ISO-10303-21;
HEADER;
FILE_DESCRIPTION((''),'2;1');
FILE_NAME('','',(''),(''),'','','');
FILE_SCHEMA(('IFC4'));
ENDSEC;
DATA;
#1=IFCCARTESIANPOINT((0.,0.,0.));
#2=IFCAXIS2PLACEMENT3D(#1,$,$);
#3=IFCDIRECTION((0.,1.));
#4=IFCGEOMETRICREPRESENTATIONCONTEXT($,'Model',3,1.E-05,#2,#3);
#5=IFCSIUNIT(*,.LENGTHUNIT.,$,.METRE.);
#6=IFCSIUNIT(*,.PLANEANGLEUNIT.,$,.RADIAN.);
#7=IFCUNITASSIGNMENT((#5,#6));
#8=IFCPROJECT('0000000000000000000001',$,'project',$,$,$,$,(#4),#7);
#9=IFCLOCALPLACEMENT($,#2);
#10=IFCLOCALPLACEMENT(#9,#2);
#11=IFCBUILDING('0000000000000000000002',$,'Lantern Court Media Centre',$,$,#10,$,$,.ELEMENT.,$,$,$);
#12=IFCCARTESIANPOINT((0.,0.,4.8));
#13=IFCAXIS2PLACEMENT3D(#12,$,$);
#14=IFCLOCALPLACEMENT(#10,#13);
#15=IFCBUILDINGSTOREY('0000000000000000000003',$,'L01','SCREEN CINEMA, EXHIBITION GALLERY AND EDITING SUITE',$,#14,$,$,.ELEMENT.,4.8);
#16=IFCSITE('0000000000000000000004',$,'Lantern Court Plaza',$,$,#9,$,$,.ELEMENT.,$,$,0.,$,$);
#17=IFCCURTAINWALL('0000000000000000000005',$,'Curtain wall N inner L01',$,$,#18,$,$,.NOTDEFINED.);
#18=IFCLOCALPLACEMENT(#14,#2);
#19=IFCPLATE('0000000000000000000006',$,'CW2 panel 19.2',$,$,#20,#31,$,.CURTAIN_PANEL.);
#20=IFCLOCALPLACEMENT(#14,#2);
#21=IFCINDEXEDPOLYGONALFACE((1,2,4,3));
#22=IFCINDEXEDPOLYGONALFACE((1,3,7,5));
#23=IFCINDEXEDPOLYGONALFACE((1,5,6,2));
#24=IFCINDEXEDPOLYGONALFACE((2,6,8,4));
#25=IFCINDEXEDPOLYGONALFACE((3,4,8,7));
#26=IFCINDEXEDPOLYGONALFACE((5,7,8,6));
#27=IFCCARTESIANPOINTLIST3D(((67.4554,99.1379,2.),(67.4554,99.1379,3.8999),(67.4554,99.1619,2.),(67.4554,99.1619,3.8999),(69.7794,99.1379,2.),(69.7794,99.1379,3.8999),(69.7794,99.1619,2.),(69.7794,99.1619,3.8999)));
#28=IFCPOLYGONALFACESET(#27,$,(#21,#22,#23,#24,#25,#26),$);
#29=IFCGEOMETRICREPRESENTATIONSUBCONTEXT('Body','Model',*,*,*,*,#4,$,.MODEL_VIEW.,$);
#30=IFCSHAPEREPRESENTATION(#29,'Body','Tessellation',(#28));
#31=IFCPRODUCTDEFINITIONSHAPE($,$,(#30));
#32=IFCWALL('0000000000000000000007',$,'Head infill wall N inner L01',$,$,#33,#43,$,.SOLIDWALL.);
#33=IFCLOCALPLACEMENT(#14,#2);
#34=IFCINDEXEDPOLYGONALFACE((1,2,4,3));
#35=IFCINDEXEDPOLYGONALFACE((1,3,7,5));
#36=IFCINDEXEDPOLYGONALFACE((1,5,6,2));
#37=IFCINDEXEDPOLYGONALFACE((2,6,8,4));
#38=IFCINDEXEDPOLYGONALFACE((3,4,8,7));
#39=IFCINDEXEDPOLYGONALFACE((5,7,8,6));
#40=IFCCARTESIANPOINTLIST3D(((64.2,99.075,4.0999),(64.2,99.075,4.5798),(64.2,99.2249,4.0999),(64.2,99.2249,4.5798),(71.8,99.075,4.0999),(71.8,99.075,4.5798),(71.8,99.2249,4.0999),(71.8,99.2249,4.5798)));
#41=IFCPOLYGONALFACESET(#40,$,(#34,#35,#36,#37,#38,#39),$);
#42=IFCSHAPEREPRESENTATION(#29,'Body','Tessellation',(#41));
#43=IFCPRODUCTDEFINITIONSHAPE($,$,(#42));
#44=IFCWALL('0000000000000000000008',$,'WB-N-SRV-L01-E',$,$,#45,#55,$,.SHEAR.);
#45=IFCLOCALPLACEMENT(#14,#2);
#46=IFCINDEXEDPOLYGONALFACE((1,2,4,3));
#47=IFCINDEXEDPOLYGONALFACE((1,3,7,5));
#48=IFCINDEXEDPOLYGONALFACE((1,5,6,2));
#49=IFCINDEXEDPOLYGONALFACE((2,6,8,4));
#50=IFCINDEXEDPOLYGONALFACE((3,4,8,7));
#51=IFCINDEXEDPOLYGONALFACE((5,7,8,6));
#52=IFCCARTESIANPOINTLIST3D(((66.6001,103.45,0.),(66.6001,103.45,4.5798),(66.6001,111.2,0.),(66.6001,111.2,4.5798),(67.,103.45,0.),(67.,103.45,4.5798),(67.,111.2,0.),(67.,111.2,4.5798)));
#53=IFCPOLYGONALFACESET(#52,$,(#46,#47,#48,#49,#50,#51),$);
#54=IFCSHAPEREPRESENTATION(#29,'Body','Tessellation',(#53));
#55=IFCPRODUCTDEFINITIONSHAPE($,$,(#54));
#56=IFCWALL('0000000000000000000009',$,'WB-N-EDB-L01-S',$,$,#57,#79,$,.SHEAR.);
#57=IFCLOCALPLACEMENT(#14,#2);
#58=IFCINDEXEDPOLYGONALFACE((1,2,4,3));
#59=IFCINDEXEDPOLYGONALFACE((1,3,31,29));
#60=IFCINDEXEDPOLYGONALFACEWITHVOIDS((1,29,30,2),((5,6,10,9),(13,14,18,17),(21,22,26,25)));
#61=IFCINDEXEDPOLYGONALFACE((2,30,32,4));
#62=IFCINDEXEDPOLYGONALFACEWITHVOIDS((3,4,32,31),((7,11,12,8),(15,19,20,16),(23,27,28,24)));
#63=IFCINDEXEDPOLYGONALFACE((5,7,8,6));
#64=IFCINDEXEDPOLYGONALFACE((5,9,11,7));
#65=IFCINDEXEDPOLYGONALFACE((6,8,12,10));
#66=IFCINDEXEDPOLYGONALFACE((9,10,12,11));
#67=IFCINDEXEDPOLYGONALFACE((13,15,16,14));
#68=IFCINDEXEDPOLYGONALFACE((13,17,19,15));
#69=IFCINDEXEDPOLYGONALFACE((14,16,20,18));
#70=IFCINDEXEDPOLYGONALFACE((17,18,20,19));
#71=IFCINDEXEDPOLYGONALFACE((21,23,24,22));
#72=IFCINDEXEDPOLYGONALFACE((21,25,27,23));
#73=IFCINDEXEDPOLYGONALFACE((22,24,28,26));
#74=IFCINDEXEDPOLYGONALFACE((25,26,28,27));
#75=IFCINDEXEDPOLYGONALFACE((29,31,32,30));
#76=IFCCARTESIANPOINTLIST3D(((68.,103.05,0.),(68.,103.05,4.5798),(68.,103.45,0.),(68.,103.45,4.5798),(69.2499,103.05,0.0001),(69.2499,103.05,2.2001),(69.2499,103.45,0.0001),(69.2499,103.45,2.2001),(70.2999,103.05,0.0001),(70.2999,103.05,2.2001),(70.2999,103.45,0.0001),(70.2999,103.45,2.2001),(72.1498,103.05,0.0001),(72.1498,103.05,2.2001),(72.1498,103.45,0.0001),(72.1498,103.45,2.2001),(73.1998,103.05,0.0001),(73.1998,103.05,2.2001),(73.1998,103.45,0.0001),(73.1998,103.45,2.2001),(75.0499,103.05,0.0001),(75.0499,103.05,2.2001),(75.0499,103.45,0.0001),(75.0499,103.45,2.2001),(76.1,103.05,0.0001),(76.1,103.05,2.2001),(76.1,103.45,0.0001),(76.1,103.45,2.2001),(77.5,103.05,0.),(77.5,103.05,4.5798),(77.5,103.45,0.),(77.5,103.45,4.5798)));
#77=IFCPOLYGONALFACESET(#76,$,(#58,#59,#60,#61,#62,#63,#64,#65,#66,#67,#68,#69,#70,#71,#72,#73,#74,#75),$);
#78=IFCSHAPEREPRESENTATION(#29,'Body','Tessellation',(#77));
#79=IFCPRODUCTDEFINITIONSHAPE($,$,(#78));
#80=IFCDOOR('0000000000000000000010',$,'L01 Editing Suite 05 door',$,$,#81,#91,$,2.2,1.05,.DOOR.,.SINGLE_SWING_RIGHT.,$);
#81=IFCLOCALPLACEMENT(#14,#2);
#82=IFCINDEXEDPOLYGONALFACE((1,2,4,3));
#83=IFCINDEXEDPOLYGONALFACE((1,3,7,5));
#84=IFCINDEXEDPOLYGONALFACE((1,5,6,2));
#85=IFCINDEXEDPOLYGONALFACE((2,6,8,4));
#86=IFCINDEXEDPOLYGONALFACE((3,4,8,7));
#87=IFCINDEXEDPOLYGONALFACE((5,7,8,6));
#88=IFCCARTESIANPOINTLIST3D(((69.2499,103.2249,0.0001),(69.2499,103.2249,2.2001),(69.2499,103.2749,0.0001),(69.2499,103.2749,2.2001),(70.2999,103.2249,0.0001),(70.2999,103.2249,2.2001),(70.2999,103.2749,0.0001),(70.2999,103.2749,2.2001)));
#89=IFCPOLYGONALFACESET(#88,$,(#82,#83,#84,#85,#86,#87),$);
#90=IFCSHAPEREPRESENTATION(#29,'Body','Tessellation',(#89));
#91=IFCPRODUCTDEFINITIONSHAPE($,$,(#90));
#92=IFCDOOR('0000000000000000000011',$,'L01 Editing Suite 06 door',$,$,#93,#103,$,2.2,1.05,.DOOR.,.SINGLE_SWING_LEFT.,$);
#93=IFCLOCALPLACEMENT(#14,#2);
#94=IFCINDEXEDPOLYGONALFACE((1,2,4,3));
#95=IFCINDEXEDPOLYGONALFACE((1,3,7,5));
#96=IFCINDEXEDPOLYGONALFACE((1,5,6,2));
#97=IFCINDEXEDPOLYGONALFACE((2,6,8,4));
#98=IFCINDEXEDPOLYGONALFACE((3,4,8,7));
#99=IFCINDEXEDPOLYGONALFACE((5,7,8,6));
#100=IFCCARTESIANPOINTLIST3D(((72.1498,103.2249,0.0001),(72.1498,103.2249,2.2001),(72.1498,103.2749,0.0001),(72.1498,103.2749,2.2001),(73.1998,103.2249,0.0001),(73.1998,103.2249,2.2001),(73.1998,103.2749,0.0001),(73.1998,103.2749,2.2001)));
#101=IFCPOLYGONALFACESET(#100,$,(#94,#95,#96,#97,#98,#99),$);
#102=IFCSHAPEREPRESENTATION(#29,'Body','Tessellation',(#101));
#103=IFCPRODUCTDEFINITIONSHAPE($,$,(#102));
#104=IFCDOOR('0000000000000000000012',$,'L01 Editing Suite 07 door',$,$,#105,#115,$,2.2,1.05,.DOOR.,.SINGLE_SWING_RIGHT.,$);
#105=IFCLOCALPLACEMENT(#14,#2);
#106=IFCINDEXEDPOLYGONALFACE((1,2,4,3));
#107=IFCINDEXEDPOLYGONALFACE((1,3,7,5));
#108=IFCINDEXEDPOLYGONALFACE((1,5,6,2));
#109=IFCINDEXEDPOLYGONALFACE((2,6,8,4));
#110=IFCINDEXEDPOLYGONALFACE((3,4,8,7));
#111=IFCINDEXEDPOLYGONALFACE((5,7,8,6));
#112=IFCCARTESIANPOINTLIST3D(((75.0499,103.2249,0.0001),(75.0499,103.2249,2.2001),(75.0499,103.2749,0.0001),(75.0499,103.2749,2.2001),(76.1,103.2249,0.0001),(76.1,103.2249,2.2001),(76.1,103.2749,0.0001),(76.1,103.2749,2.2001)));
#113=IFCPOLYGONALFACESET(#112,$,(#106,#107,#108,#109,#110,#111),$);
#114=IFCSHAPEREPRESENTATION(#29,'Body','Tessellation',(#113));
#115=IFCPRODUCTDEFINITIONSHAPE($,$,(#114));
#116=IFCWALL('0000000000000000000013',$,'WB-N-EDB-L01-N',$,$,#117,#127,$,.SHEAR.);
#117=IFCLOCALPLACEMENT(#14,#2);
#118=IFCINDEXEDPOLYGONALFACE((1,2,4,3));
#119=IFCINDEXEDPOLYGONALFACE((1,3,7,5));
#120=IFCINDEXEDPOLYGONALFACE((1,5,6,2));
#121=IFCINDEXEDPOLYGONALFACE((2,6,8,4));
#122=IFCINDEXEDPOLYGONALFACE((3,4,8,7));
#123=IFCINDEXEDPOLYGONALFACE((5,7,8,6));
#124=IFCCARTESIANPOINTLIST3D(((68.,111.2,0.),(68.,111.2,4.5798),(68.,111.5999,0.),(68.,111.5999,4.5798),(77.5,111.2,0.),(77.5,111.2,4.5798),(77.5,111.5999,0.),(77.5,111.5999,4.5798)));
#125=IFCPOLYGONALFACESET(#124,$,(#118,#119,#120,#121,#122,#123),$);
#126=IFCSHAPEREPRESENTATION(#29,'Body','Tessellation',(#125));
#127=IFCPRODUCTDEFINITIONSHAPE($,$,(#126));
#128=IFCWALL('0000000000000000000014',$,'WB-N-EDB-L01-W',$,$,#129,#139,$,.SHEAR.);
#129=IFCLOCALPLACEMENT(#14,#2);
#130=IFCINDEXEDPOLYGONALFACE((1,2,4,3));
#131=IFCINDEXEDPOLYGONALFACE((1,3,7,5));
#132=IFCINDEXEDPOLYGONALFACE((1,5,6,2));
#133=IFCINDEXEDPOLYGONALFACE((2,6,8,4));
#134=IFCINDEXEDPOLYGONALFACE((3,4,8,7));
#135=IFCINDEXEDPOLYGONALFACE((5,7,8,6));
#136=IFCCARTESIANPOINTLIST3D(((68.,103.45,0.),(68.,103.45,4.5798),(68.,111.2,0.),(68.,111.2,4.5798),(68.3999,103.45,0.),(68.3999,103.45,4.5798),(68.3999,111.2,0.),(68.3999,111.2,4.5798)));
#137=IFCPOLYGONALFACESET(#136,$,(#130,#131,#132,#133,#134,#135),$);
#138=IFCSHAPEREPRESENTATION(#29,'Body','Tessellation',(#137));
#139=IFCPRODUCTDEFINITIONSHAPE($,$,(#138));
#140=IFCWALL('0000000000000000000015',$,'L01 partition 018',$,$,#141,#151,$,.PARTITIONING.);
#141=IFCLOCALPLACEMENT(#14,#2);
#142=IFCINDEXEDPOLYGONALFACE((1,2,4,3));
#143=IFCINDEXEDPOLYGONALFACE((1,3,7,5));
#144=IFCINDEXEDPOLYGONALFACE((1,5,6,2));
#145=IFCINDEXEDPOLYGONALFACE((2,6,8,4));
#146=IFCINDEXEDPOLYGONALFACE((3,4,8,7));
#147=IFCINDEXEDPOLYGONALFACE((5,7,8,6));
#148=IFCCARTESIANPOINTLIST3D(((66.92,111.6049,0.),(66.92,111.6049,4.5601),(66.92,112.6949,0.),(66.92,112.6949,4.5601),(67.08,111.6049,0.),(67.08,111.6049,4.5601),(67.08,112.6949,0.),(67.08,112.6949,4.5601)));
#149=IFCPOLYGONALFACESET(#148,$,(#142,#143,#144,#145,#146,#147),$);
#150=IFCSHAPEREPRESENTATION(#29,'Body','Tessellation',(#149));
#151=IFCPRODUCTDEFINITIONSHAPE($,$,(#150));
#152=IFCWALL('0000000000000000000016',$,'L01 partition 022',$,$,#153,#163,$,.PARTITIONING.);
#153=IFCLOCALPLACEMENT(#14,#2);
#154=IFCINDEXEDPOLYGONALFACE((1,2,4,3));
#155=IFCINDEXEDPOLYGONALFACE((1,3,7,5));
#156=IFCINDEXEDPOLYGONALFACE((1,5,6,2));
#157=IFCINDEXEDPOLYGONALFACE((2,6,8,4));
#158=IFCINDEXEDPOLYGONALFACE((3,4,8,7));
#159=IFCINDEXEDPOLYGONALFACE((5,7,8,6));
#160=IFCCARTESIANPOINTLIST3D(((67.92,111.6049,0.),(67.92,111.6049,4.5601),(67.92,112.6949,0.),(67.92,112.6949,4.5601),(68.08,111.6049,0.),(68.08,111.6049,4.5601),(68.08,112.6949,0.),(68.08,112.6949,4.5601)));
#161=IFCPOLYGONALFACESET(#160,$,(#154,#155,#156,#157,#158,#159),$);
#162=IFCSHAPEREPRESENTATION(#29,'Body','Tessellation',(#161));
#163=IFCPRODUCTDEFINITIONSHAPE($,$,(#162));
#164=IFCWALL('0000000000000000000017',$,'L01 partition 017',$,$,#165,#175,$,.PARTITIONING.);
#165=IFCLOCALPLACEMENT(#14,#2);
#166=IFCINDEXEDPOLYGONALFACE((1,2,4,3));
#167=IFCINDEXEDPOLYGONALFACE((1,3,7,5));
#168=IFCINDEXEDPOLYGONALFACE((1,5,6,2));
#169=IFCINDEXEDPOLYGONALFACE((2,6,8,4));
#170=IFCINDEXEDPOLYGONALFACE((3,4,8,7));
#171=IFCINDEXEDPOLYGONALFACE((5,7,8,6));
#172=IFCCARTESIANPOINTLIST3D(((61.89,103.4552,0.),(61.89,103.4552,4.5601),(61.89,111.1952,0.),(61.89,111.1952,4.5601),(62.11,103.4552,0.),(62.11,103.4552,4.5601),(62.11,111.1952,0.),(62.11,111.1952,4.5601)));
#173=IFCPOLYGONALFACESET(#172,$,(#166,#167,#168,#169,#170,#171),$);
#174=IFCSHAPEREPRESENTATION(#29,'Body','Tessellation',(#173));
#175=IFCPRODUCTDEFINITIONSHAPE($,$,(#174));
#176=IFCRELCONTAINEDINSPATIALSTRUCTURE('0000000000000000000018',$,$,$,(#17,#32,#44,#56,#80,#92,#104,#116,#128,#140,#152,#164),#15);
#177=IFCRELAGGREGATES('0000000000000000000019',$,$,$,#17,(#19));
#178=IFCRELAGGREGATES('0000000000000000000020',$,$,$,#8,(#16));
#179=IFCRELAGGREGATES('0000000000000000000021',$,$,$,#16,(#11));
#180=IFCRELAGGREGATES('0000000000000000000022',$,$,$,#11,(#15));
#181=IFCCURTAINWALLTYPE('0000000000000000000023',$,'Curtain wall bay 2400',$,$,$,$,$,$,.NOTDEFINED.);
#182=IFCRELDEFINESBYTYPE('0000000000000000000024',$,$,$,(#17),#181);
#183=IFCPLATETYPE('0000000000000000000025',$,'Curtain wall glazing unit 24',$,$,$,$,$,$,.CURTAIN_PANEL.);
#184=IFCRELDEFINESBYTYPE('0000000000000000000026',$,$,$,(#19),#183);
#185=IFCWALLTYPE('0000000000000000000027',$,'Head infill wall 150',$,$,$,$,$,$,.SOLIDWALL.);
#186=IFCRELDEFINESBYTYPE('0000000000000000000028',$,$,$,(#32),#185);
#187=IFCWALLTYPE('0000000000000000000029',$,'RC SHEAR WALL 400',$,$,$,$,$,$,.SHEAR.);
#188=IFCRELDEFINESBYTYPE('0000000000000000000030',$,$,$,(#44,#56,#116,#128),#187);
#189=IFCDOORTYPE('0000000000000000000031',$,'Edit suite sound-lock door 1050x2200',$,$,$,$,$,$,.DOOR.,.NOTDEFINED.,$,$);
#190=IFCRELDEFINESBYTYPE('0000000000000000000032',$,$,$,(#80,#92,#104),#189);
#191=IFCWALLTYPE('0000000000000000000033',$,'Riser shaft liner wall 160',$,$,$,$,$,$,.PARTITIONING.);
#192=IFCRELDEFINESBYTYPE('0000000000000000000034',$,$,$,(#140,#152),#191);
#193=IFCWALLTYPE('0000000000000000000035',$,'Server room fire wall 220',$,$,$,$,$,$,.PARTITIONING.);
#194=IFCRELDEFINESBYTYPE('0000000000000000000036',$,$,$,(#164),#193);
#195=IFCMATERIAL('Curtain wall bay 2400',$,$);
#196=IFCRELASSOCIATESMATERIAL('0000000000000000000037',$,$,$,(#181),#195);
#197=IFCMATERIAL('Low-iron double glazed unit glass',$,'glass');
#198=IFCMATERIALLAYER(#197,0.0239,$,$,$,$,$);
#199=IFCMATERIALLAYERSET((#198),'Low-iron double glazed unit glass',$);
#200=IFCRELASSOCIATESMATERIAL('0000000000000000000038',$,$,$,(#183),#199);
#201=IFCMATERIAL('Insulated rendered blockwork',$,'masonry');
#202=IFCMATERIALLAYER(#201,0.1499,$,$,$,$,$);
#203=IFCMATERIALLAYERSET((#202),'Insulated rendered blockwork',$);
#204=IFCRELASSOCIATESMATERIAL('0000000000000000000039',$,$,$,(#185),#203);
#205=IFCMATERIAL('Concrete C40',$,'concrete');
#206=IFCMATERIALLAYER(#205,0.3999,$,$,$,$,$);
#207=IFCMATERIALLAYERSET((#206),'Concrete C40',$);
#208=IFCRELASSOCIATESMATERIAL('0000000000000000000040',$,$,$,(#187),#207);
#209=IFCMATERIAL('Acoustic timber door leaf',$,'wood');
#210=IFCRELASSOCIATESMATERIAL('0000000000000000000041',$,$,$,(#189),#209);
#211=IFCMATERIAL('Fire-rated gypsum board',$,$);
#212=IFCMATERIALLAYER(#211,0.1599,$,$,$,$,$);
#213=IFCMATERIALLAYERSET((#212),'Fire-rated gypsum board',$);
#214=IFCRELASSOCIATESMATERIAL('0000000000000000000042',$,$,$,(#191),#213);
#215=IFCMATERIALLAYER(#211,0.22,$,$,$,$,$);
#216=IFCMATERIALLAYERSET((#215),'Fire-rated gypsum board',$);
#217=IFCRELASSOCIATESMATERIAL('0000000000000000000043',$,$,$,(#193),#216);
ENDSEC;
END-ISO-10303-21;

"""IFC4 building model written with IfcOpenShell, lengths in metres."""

from ifc_helpers import new_model, si_unit, direction, frame, frame_2d, origin, origin_2d, place, context, subcontext, project, spatial, rectangle, extrude, material, layer, layer_set, type_object, element, fill, aggregate, save


model = new_model("IFC4")

# Units and contexts
model_context = context("Model", 3, precision=1e-05, world=origin(), true_north=direction((0.0, 1.0)))
body_context = subcontext(model_context, "Body", "Model", "MODEL_VIEW")
ifc_project = project(units=[si_unit("LENGTHUNIT", "METRE"), si_unit("PLANEANGLEUNIT", "RADIAN")], contexts=[model_context])

# Site, building, storey
site_placement = place(None, origin())
site = spatial("IfcSite", under=ifc_project, at=site_placement, Name="Lantern Court Plaza", CompositionType="ELEMENT", RefElevation=0.0)
building_placement = place(site_placement, origin())
building = spatial("IfcBuilding", under=site, at=building_placement, Name="Lantern Court Media Centre", CompositionType="ELEMENT")
storey_placement = place(building_placement, frame((0.0, 0.0, 4.8)))
storey = spatial("IfcBuildingStorey", under=building, at=storey_placement, Name="L01", Description="SCREEN CINEMA, EXHIBITION GALLERY AND EDITING SUITE", CompositionType="ELEMENT", Elevation=4.8)

# Curtain wall
ifc_material_1 = material(Name="Curtain wall bay 2400")
curtain_wall_type = type_object("IfcCurtainWallType", Name="Curtain wall bay 2400", PredefinedType="NOTDEFINED", material=ifc_material_1)
curtain_wall_placement = place(storey_placement, origin())
curtain_wall = element("IfcCurtainWall", 1, at=curtain_wall_placement, inside=storey, type_object=curtain_wall_type, Name="Curtain wall N inner L01", PredefinedType="NOTDEFINED")

# Plate
ifc_material_2 = material(Name="Low-iron double glazed unit glass", Category="glass")
ifc_layer_1 = layer(ifc_material_2, 0.0239)
ifc_layer_set_1 = layer_set([ifc_layer_1], Name="Low-iron double glazed unit glass")
plate_type = type_object("IfcPlateType", Name="Curtain wall glazing unit 24", PredefinedType="CURTAIN_PANEL", material=ifc_layer_set_1)
plate_1_placement = place(storey_placement, frame((68.6174, 99.1499, 2.0), z_axis=(0.0, 0.0, 1.0), x_axis=(1.0, 0.0, 0.0)))
plate_1 = element("IfcPlate", 2, at=plate_1_placement, type_object=plate_type, Name="CW2 panel 19.2", PredefinedType="CURTAIN_PANEL", context=body_context, shape_type="SweptSolid", body=[
    extrude(rectangle(XDim=2.324, YDim=0.0239, at=origin_2d()), origin(), (0.0, 0.0, 1.0), 1.8999),
])
aggregate(curtain_wall, [plate_1])

# Walls
ifc_material_3 = material(Name="Insulated rendered blockwork", Category="masonry")
ifc_layer_2 = layer(ifc_material_3, 0.1499)
ifc_layer_set_2 = layer_set([ifc_layer_2], Name="Insulated rendered blockwork")
wall_type_1 = type_object("IfcWallType", Name="Head infill wall 150", PredefinedType="SOLIDWALL", material=ifc_layer_set_2)
wall_1_placement = place(storey_placement, frame((64.2, 99.1499, 4.0999), z_axis=(0.0, 0.0, 1.0), x_axis=(1.0, 0.0, 0.0)))
element("IfcWall", 3, at=wall_1_placement, inside=storey, type_object=wall_type_1, Name="Head infill wall N inner L01", PredefinedType="SOLIDWALL", context=body_context, shape_type="SweptSolid", body=[
    extrude(rectangle(XDim=7.6001, YDim=0.1499, at=frame_2d((3.8, 0.0))), origin(), (0.0, 0.0, 1.0), 0.48),
])
ifc_material_4 = material(Name="Concrete C40", Category="concrete")
ifc_layer_3 = layer(ifc_material_4, 0.3999)
ifc_layer_set_3 = layer_set([ifc_layer_3], Name="Concrete C40")
wall_type_2 = type_object("IfcWallType", Name="RC SHEAR WALL 400", PredefinedType="SHEAR", material=ifc_layer_set_3)
wall_2_placement = place(storey_placement, frame((66.8, 103.45, 0.0), z_axis=(0.0, 0.0, 1.0), x_axis=(0.0, 1.0, 0.0)))
element("IfcWall", 4, at=wall_2_placement, inside=storey, type_object=wall_type_2, Name="WB-N-SRV-L01-E", PredefinedType="SHEAR", context=body_context, shape_type="SweptSolid", body=[
    extrude(rectangle(XDim=7.75, YDim=0.3999, at=frame_2d((3.875, 0.0))), origin(), (0.0, 0.0, 1.0), 4.5798),
])

# Wall, openings, doors
wall_3_placement = place(storey_placement, frame((68.0, 103.25, 0.0), z_axis=(0.0, 0.0, 1.0), x_axis=(1.0, 0.0, 0.0)))
wall_3 = element("IfcWall", 5, at=wall_3_placement, inside=storey, type_object=wall_type_2, Name="WB-N-EDB-L01-S", PredefinedType="SHEAR", context=body_context, shape_type="SweptSolid", body=[
    extrude(rectangle(XDim=9.5, YDim=0.3999, at=frame_2d((4.75, 0.0))), origin(), (0.0, 0.0, 1.0), 4.5798),
])
opening_1_placement = place(wall_3_placement, frame((1.25, 0.0, 0.0)))
opening_1 = element("IfcOpeningElement", 6, at=opening_1_placement, cuts=wall_3, PredefinedType="OPENING", context=body_context, shape_type="SweptSolid", body=[
    extrude(rectangle(XDim=1.05, YDim=2.2, at=frame_2d((0.5249, 1.1001))), frame((0.0, 0.21, 0.0), z_axis=(0.0, -1.0, 0.0), x_axis=(1.0, 0.0, 0.0)), (0.0, 0.0, 1.0), 0.4199),
])
opening_2_placement = place(wall_3_placement, frame((4.1499, 0.0, 0.0)))
opening_2 = element("IfcOpeningElement", 7, at=opening_2_placement, cuts=wall_3, PredefinedType="OPENING", context=body_context, shape_type="SweptSolid", body=[
    extrude(rectangle(XDim=1.05, YDim=2.2, at=frame_2d((0.5249, 1.1001))), frame((0.0, 0.21, 0.0), z_axis=(0.0, -1.0, 0.0), x_axis=(1.0, 0.0, 0.0)), (0.0, 0.0, 1.0), 0.4199),
])
opening_3_placement = place(wall_3_placement, frame((7.05, 0.0, 0.0)))
opening_3 = element("IfcOpeningElement", 8, at=opening_3_placement, cuts=wall_3, PredefinedType="OPENING", context=body_context, shape_type="SweptSolid", body=[
    extrude(rectangle(XDim=1.05, YDim=2.2, at=frame_2d((0.5249, 1.1001))), frame((0.0, 0.21, 0.0), z_axis=(0.0, -1.0, 0.0), x_axis=(1.0, 0.0, 0.0)), (0.0, 0.0, 1.0), 0.4199),
])
ifc_material_5 = material(Name="Acoustic timber door leaf", Category="wood")
door_type = type_object("IfcDoorType", Name="Edit suite sound-lock door 1050x2200", OperationType="NOTDEFINED", PredefinedType="DOOR", material=ifc_material_5)
door_1_placement = place(opening_1_placement, origin())
door_1 = element("IfcDoor", 9, at=door_1_placement, inside=storey, type_object=door_type, Name="L01 Editing Suite 05 door", OperationType="SINGLE_SWING_RIGHT", OverallHeight=2.2, OverallWidth=1.05, PredefinedType="DOOR", context=body_context, shape_type="SweptSolid", body=[
    extrude(rectangle(XDim=1.05, YDim=2.2, at=frame_2d((0.5249, 1.1001))), frame((0.0, 0.0249, 0.0), z_axis=(0.0, -1.0, 0.0), x_axis=(1.0, 0.0, 0.0)), (0.0, 0.0, 1.0), 0.05),
])
fill(opening_1, door_1)
door_2_placement = place(opening_2_placement, origin())
door_2 = element("IfcDoor", 10, at=door_2_placement, inside=storey, type_object=door_type, Name="L01 Editing Suite 06 door", OperationType="SINGLE_SWING_LEFT", OverallHeight=2.2, OverallWidth=1.05, PredefinedType="DOOR", context=body_context, shape_type="SweptSolid", body=[
    extrude(rectangle(XDim=1.05, YDim=2.2, at=frame_2d((0.5249, 1.1001))), frame((0.0, 0.0249, 0.0), z_axis=(0.0, -1.0, 0.0), x_axis=(1.0, 0.0, 0.0)), (0.0, 0.0, 1.0), 0.05),
])
fill(opening_2, door_2)
door_3_placement = place(opening_3_placement, origin())
door_3 = element("IfcDoor", 11, at=door_3_placement, inside=storey, type_object=door_type, Name="L01 Editing Suite 07 door", OperationType="SINGLE_SWING_RIGHT", OverallHeight=2.2, OverallWidth=1.05, PredefinedType="DOOR", context=body_context, shape_type="SweptSolid", body=[
    extrude(rectangle(XDim=1.05, YDim=2.2, at=frame_2d((0.5249, 1.1001))), frame((0.0, 0.0249, 0.0), z_axis=(0.0, -1.0, 0.0), x_axis=(1.0, 0.0, 0.0)), (0.0, 0.0, 1.0), 0.05),
])
fill(opening_3, door_3)

# Walls
wall_4_placement = place(storey_placement, frame((68.0, 111.3999, 0.0), z_axis=(0.0, 0.0, 1.0), x_axis=(1.0, 0.0, 0.0)))
element("IfcWall", 12, at=wall_4_placement, inside=storey, type_object=wall_type_2, Name="WB-N-EDB-L01-N", PredefinedType="SHEAR", context=body_context, shape_type="SweptSolid", body=[
    extrude(rectangle(XDim=9.5, YDim=0.3999, at=frame_2d((4.75, 0.0))), origin(), (0.0, 0.0, 1.0), 4.5798),
])
wall_5_placement = place(storey_placement, frame((68.2, 103.45, 0.0), z_axis=(0.0, 0.0, 1.0), x_axis=(0.0, 1.0, 0.0)))
element("IfcWall", 13, at=wall_5_placement, inside=storey, type_object=wall_type_2, Name="WB-N-EDB-L01-W", PredefinedType="SHEAR", context=body_context, shape_type="SweptSolid", body=[
    extrude(rectangle(XDim=7.75, YDim=0.3999, at=frame_2d((3.875, 0.0))), origin(), (0.0, 0.0, 1.0), 4.5798),
])
ifc_material_6 = material(Name="Fire-rated gypsum board")
ifc_layer_4 = layer(ifc_material_6, 0.1599)
ifc_layer_set_4 = layer_set([ifc_layer_4], Name="Fire-rated gypsum board")
wall_type_3 = type_object("IfcWallType", Name="Riser shaft liner wall 160", PredefinedType="PARTITIONING", material=ifc_layer_set_4)
for number, where, z_axis, x_axis, name in (
    (14, (67.0, 111.605, 0.0), (0.0, 0.0, 1.0), (0.0, 1.0, 0.0), "L01 partition 018"),
    (15, (68.0, 111.605, 0.0), (0.0, 0.0, 1.0), (0.0, 1.0, 0.0), "L01 partition 022"),
):
    element("IfcWall", number, at=place(storey_placement, frame(where, z_axis=z_axis, x_axis=x_axis)), inside=storey, type_object=wall_type_3, Name=name, PredefinedType="PARTITIONING", context=body_context, shape_type="SweptSolid", body=[
        extrude(rectangle(XDim=1.0901, YDim=0.1599, at=frame_2d((0.5449, 0.0))), origin(), (0.0, 0.0, 1.0), 4.5601),
    ])
ifc_layer_5 = layer(ifc_material_6, 0.22)
ifc_layer_set_5 = layer_set([ifc_layer_5], Name="Fire-rated gypsum board")
wall_type_4 = type_object("IfcWallType", Name="Server room fire wall 220", PredefinedType="PARTITIONING", material=ifc_layer_set_5)
wall_6_placement = place(storey_placement, frame((62.0, 103.4551, 0.0), z_axis=(0.0, 0.0, 1.0), x_axis=(0.0, 1.0, 0.0)))
element("IfcWall", 16, at=wall_6_placement, inside=storey, type_object=wall_type_4, Name="L01 partition 017", PredefinedType="PARTITIONING", context=body_context, shape_type="SweptSolid", body=[
    extrude(rectangle(XDim=7.74, YDim=0.22, at=frame_2d((3.8701, 0.0))), origin(), (0.0, 0.0, 1.0), 4.5601),
])

save(model, "model.ifc")
